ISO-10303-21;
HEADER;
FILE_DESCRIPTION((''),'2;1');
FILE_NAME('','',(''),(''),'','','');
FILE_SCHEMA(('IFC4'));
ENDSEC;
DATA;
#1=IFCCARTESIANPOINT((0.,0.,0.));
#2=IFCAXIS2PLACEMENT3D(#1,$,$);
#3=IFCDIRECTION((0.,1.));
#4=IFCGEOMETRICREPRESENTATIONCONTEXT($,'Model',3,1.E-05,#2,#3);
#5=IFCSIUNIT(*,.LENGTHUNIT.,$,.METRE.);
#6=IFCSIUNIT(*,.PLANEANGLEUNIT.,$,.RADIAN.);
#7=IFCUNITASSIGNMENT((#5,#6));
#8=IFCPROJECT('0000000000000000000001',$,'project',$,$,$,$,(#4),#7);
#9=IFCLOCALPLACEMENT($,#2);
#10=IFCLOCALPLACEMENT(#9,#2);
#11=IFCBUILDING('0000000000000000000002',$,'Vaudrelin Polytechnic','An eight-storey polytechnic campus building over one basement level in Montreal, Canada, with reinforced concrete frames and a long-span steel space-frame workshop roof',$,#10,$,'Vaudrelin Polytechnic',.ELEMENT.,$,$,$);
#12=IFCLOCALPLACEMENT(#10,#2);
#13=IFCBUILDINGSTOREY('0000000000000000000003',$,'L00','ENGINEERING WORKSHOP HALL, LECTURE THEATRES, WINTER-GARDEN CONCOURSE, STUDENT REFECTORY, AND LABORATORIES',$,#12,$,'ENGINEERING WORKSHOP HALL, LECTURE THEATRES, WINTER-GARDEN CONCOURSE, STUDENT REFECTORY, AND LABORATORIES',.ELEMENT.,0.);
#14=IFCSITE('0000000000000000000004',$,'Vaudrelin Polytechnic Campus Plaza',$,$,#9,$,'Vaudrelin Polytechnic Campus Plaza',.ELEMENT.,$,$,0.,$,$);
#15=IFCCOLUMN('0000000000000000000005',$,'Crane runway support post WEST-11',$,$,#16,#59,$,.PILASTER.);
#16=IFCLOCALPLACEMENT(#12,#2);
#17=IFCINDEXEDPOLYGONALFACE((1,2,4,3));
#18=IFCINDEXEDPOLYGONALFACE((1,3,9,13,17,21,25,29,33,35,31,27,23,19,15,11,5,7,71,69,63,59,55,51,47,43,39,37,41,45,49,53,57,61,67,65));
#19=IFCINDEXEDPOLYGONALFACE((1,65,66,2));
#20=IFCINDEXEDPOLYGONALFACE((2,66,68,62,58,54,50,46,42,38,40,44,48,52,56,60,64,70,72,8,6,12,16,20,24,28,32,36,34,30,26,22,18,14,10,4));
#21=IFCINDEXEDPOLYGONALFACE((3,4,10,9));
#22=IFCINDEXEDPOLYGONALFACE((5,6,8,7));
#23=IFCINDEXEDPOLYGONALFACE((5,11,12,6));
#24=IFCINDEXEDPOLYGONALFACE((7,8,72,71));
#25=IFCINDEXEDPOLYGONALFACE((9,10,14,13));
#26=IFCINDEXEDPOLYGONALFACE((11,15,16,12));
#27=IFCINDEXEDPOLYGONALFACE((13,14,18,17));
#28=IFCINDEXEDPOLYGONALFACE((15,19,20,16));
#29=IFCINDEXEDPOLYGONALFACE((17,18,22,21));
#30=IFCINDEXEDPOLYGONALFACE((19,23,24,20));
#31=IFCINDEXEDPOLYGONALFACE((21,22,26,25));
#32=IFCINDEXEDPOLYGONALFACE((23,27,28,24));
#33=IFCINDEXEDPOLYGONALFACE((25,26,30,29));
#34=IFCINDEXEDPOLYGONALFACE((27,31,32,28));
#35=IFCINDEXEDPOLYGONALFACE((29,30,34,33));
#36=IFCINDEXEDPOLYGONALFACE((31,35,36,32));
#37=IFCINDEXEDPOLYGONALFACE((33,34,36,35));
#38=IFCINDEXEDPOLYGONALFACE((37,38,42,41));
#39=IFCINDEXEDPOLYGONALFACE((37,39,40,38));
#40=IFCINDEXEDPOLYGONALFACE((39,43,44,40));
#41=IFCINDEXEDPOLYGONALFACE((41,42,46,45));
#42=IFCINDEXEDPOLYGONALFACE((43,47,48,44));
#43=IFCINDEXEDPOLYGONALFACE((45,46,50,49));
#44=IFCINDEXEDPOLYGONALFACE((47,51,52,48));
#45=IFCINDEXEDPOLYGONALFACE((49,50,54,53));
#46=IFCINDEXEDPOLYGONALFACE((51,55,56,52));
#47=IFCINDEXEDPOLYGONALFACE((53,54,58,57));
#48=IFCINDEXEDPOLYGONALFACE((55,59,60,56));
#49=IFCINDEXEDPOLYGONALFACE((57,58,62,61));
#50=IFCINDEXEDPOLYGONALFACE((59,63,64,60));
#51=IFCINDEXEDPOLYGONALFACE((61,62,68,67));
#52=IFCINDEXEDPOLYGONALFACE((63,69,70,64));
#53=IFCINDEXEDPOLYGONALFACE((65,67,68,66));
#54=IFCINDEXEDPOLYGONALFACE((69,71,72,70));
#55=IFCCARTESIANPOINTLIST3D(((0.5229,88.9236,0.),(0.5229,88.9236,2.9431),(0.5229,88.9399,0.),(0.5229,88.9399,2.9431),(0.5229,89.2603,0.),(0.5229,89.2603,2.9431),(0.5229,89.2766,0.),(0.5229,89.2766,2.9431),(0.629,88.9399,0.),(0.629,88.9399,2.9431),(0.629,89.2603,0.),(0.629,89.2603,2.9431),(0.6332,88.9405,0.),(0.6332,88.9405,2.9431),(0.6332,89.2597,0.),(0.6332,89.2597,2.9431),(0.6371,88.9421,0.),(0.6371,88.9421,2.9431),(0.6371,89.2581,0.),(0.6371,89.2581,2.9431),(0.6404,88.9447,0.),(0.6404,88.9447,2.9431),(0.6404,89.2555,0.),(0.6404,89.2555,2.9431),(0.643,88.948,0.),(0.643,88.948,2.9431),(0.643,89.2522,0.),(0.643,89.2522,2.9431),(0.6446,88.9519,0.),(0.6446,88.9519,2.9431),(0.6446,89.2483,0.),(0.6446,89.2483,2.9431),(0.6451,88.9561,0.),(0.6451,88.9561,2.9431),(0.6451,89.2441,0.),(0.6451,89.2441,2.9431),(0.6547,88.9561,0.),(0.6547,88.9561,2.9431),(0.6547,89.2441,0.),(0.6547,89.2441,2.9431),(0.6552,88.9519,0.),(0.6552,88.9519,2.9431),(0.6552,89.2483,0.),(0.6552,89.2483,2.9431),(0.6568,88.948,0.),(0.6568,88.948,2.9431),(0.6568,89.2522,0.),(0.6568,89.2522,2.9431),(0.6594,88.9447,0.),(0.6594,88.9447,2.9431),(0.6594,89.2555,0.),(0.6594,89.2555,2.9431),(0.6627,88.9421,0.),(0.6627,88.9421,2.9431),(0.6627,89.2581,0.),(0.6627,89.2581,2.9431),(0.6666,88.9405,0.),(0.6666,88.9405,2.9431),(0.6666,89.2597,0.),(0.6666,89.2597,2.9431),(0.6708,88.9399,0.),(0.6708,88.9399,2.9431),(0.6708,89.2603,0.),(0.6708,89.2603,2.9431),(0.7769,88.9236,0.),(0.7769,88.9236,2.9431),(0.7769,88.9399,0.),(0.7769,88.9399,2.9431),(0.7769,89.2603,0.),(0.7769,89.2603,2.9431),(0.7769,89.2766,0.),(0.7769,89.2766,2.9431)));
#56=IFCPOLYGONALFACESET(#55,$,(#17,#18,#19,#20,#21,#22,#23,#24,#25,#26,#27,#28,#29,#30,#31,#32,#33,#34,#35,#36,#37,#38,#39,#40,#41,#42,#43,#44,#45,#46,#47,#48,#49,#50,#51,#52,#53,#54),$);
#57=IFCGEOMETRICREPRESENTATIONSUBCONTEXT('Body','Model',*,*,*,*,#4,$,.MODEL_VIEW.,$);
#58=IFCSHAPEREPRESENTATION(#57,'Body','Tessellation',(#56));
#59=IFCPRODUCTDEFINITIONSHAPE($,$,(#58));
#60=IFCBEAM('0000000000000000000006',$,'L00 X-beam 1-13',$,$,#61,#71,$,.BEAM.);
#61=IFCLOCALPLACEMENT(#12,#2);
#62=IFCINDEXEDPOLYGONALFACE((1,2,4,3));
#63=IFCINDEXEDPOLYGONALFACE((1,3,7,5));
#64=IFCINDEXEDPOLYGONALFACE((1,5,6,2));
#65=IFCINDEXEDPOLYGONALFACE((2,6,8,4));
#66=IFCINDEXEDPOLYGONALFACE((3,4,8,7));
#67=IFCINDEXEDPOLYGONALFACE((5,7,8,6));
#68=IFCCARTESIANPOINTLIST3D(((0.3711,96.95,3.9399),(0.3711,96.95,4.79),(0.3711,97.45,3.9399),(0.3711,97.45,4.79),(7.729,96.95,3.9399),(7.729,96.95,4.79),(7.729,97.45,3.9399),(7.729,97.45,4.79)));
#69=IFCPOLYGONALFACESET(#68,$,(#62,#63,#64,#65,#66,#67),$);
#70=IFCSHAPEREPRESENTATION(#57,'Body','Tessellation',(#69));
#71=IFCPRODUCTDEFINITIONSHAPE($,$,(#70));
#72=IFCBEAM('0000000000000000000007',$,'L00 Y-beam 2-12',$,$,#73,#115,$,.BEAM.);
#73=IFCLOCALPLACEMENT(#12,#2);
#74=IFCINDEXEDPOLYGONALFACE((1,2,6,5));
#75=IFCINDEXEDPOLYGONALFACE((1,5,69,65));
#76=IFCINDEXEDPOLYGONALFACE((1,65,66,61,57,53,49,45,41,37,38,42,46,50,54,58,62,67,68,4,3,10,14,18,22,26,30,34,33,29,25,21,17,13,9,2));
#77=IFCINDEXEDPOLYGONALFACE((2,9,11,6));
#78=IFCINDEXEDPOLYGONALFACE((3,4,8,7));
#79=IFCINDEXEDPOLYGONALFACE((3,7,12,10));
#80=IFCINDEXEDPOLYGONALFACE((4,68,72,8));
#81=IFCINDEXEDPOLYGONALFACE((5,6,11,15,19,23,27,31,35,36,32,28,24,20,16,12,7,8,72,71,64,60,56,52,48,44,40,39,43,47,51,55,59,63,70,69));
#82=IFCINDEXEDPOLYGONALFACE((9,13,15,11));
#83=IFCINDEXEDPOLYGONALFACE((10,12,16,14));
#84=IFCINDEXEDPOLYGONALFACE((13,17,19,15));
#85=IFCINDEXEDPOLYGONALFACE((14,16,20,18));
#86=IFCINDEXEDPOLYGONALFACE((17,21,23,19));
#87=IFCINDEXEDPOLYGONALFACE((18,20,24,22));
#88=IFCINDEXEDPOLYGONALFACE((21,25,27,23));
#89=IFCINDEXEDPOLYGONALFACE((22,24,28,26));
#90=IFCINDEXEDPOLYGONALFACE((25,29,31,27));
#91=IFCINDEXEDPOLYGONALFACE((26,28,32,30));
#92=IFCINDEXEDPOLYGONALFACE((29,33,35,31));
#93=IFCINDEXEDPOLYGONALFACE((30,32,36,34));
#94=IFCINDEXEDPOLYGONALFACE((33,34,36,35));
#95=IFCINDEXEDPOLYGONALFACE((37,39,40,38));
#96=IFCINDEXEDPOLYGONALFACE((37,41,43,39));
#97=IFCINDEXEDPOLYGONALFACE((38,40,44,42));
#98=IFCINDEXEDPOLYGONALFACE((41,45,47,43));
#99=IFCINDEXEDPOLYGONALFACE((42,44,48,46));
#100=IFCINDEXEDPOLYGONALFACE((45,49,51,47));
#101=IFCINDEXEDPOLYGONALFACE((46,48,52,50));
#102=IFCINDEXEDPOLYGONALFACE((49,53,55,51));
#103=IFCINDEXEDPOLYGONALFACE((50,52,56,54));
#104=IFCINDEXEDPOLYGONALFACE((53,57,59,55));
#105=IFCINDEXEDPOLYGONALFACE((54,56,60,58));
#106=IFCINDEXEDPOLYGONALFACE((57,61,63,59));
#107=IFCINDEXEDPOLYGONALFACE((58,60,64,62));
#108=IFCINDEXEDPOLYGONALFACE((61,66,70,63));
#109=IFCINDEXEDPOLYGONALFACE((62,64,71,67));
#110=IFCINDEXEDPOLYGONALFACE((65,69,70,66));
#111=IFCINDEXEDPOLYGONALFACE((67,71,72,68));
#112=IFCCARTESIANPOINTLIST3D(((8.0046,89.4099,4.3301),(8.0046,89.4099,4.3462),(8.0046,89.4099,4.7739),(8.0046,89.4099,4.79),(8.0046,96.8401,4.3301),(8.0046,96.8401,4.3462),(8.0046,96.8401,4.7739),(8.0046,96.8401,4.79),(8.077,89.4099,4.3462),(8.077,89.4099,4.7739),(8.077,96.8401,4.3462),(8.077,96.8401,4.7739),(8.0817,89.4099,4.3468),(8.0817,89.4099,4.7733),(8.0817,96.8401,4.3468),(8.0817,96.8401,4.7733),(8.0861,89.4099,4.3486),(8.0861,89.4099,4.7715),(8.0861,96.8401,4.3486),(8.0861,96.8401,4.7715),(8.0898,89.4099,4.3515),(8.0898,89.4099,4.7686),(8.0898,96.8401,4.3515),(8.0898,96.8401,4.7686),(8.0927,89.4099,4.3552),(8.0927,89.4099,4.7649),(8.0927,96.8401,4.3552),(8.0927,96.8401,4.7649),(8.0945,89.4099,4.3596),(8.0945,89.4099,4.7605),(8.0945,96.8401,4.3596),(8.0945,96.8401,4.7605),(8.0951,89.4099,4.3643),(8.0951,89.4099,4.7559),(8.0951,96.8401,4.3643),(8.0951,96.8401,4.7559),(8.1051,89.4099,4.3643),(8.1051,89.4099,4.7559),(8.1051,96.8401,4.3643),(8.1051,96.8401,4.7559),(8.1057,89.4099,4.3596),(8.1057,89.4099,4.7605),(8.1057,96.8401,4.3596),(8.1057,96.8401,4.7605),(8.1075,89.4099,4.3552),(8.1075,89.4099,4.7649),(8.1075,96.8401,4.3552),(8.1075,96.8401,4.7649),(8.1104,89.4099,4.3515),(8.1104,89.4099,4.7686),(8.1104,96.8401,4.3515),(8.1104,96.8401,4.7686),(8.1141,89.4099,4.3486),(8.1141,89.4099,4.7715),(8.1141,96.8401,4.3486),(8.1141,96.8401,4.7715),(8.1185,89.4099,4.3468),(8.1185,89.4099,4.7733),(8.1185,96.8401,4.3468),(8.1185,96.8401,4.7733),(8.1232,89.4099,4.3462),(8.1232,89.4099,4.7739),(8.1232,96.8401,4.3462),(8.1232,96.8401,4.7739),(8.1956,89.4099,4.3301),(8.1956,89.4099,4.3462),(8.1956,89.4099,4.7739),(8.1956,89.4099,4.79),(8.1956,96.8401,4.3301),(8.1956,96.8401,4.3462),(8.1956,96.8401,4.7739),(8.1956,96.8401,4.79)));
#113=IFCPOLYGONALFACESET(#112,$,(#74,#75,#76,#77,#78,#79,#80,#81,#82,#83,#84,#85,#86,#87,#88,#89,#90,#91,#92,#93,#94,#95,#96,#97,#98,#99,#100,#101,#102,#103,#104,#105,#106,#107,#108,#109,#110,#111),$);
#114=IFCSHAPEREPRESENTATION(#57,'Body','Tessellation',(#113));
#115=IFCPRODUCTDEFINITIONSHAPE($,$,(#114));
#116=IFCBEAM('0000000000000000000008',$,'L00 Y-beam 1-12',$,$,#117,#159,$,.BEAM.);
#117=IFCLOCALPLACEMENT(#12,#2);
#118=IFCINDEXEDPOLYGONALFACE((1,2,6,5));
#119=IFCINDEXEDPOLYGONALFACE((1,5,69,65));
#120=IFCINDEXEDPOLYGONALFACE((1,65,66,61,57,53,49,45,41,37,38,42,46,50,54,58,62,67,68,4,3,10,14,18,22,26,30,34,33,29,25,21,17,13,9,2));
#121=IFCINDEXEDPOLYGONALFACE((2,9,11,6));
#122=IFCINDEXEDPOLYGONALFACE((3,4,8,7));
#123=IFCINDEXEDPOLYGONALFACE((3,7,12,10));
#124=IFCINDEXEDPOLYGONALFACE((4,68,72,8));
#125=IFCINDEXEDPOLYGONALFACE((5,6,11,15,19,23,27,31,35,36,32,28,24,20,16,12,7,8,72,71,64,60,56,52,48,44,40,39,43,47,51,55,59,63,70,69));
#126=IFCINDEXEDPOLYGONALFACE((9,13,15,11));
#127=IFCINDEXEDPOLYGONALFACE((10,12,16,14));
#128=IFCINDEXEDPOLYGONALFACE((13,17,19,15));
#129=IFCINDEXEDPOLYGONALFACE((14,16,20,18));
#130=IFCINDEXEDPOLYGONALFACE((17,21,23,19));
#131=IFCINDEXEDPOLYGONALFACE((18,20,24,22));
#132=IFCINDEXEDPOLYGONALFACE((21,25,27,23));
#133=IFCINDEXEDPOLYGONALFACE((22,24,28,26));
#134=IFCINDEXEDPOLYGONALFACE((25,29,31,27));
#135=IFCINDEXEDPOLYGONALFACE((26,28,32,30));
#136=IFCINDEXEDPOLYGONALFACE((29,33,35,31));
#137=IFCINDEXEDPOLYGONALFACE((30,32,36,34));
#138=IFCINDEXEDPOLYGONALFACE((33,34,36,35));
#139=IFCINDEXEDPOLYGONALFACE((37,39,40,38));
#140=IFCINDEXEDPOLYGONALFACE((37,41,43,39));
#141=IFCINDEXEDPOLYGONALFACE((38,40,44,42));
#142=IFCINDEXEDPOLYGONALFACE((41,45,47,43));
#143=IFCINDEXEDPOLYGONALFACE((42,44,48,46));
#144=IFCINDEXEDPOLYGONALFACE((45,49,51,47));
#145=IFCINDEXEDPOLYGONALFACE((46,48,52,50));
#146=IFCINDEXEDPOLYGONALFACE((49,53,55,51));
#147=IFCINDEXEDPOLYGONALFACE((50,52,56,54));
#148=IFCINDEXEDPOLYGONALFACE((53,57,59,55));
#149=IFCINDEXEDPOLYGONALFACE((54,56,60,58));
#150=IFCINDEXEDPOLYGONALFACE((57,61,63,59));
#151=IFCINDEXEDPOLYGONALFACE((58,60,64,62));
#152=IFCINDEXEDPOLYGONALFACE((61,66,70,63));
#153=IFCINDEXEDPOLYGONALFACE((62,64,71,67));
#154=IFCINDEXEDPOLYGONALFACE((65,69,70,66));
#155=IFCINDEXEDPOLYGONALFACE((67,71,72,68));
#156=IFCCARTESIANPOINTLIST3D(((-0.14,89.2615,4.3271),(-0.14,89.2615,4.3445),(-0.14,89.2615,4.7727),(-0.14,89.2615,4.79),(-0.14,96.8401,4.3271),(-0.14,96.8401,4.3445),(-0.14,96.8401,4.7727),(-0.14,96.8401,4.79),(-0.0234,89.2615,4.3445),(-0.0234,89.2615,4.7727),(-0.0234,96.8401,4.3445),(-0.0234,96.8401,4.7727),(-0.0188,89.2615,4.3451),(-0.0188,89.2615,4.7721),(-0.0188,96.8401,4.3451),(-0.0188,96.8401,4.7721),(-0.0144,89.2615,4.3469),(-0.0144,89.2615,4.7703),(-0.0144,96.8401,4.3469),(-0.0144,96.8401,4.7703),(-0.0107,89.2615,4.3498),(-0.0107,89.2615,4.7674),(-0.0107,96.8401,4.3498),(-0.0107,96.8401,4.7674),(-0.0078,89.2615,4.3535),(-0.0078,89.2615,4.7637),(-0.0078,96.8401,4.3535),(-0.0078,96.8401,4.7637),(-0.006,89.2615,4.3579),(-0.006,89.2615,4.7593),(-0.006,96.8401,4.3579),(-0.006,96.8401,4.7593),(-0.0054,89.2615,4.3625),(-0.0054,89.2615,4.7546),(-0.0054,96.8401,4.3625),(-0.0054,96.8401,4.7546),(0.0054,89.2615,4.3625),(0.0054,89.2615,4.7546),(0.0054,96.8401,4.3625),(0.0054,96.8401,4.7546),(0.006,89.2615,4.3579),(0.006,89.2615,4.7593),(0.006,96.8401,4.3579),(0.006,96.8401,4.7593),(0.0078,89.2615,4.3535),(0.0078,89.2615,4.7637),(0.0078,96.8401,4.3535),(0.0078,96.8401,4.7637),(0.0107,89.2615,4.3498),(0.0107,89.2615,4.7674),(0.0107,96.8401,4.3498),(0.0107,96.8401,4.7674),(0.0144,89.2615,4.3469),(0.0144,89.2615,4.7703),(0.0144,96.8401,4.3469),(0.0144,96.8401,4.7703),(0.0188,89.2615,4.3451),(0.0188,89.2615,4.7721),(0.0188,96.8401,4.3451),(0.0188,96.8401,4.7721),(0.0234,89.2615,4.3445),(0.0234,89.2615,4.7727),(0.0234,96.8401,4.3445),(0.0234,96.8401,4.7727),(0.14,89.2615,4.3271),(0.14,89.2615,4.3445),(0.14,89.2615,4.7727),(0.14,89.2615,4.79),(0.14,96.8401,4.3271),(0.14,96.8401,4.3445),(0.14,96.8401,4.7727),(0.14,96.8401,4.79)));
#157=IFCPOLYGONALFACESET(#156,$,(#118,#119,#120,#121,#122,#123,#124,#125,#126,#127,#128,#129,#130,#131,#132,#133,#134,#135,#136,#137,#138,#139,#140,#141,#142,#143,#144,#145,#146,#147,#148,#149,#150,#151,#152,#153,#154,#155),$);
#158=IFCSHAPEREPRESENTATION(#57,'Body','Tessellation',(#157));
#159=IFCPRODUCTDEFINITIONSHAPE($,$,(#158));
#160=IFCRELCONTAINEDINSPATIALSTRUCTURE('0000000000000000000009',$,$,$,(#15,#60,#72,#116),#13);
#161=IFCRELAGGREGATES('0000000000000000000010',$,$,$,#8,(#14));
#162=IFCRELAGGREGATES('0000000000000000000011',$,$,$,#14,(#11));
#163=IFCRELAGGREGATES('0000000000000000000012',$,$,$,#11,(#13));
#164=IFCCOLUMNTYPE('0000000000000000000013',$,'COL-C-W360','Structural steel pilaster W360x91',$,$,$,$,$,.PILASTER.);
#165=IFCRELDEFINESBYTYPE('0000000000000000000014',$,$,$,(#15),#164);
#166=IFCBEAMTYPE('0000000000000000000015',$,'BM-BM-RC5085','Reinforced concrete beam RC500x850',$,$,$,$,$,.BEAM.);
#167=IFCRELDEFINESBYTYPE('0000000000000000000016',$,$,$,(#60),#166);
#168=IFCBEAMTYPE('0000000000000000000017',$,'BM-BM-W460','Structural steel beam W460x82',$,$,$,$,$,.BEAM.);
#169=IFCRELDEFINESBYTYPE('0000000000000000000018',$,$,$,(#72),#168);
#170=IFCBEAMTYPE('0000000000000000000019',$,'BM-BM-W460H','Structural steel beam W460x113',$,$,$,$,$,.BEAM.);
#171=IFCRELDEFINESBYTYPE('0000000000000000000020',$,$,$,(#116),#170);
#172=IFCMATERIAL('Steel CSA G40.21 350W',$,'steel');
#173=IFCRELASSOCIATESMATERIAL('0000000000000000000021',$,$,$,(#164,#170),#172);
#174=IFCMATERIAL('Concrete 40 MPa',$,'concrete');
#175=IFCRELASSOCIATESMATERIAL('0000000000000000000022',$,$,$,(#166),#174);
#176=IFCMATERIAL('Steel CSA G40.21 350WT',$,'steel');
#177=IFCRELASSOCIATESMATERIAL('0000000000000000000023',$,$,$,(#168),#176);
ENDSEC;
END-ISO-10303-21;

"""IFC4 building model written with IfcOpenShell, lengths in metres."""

from ifc_helpers import new_model, si_unit, direction, frame, origin, origin_2d, place, context, subcontext, project, spatial, rectangle, i_section, extrude, material, material_profile, profile_set, type_object, element, save


model = new_model("IFC4")

# Units and contexts
model_context = context("Model", 3, precision=1e-05, world=origin(), true_north=direction((0.0, 1.0)))
body_context = subcontext(model_context, "Body", "Model", "MODEL_VIEW")
ifc_project = project(units=[si_unit("LENGTHUNIT", "METRE"), si_unit("PLANEANGLEUNIT", "RADIAN")], contexts=[model_context])

# Site, building, storey
site_placement = place(None, origin())
site = spatial("IfcSite", under=ifc_project, at=site_placement, Name="Vaudrelin Polytechnic Campus Plaza", LongName="Vaudrelin Polytechnic Campus Plaza", CompositionType="ELEMENT", RefElevation=0.0)
building_placement = place(site_placement, origin())
building = spatial("IfcBuilding", under=site, at=building_placement, Name="Vaudrelin Polytechnic", Description="An eight-storey polytechnic campus building over one basement level in Montreal, Canada, with reinforced concrete frames and a long-span steel space-frame workshop roof", LongName="Vaudrelin Polytechnic", CompositionType="ELEMENT")
storey_placement = place(building_placement, origin())
storey = spatial("IfcBuildingStorey", under=building, at=storey_placement, Name="L00", Description="ENGINEERING WORKSHOP HALL, LECTURE THEATRES, WINTER-GARDEN CONCOURSE, STUDENT REFECTORY, AND LABORATORIES", LongName="ENGINEERING WORKSHOP HALL, LECTURE THEATRES, WINTER-GARDEN CONCOURSE, STUDENT REFECTORY, AND LABORATORIES", CompositionType="ELEMENT", Elevation=0.0)

# Column
ifc_material_1 = material(Name="Concrete 40 MPa", Category="concrete")
ifc_material_2 = material(Name="Steel CSA G40.21 350WT", Category="steel")
ifc_material_3 = material(Name="Steel CSA G40.21 350W", Category="steel")
ifc_material_profile_1 = material_profile(ifc_material_3, i_section(OverallWidth=0.2539, OverallDepth=0.353, WebThickness=0.0095, FlangeThickness=0.0164, FilletRadius=0.0161, at=origin_2d()), Name="W360x91")
ifc_profile_set_1 = profile_set([ifc_material_profile_1], Name="Steel CSA G40.21 350W")
column_type_1 = type_object("IfcColumnType", Name="COL-C-W360", Description="Structural steel pilaster W360x91", PredefinedType="PILASTER", material=ifc_profile_set_1)
for number, where, z_axis, x_axis, name in (
    (1, (0.6499, 89.1001, 0.0), (0.0, 0.0, 1.0), (1.0, 0.0, 0.0), "Crane runway support post WEST-11"),
):
    element("IfcColumn", number, at=place(storey_placement, frame(where, z_axis=z_axis, x_axis=x_axis)), inside=storey, type_object=column_type_1, Name=name, PredefinedType="PILASTER", context=body_context, shape_type="SweptSolid", body=[
        extrude(i_section(OverallWidth=0.2539, OverallDepth=0.353, WebThickness=0.0095, FlangeThickness=0.0164, FilletRadius=0.0161, at=origin_2d()), origin(), (0.0, 0.0, 1.0), 2.9431),
    ])

# Beams
ifc_material_profile_2 = material_profile(ifc_material_1, rectangle(XDim=0.5, YDim=0.8501, at=origin_2d()), Name="RC500x850")
ifc_profile_set_2 = profile_set([ifc_material_profile_2], Name="Concrete 40 MPa")
beam_type_1 = type_object("IfcBeamType", Name="BM-BM-RC5085", Description="Reinforced concrete beam RC500x850", PredefinedType="BEAM", material=ifc_profile_set_2)
beam_1_placement = place(storey_placement, frame((0.3711, 97.2, 4.365), z_axis=(1.0, 0.0, 0.0), x_axis=(0.0, 1.0, 0.0)))
element("IfcBeam", 2, at=beam_1_placement, inside=storey, type_object=beam_type_1, Name="L00 X-beam 1-13", PredefinedType="BEAM", context=body_context, shape_type="SweptSolid", body=[
    extrude(rectangle(XDim=0.5, YDim=0.8501, at=origin_2d()), origin(), (0.0, 0.0, 1.0), 7.3579),
])
ifc_material_profile_3 = material_profile(ifc_material_2, i_section(OverallWidth=0.1909, OverallDepth=0.46, WebThickness=0.01, FlangeThickness=0.0161, FilletRadius=0.0181, at=origin_2d()), Name="W460x82")
ifc_profile_set_3 = profile_set([ifc_material_profile_3], Name="Steel CSA G40.21 350WT")
beam_type_2 = type_object("IfcBeamType", Name="BM-BM-W460", Description="Structural steel beam W460x82", PredefinedType="BEAM", material=ifc_profile_set_3)
beam_2_placement = place(storey_placement, frame((8.1001, 89.4099, 4.5601), z_axis=(0.0, 1.0, 0.0), x_axis=(-1.0, 0.0, 0.0)))
element("IfcBeam", 3, at=beam_2_placement, inside=storey, type_object=beam_type_2, Name="L00 Y-beam 2-12", PredefinedType="BEAM", context=body_context, shape_type="SweptSolid", body=[
    extrude(i_section(OverallWidth=0.1909, OverallDepth=0.46, WebThickness=0.01, FlangeThickness=0.0161, FilletRadius=0.0181, at=origin_2d()), origin(), (0.0, 0.0, 1.0), 7.4302),
])
ifc_material_profile_4 = material_profile(ifc_material_3, i_section(OverallWidth=0.28, OverallDepth=0.4629, WebThickness=0.0107, FlangeThickness=0.0173, FilletRadius=0.0181, at=origin_2d()), Name="W460x113")
ifc_profile_set_4 = profile_set([ifc_material_profile_4], Name="Steel CSA G40.21 350W")
beam_type_3 = type_object("IfcBeamType", Name="BM-BM-W460H", Description="Structural steel beam W460x113", PredefinedType="BEAM", material=ifc_profile_set_4)
beam_3_placement = place(storey_placement, frame((0.0, 89.2615, 4.5586), z_axis=(0.0, 1.0, 0.0), x_axis=(-1.0, 0.0, 0.0)))
element("IfcBeam", 4, at=beam_3_placement, inside=storey, type_object=beam_type_3, Name="L00 Y-beam 1-12", PredefinedType="BEAM", context=body_context, shape_type="SweptSolid", body=[
    extrude(i_section(OverallWidth=0.28, OverallDepth=0.4629, WebThickness=0.0107, FlangeThickness=0.0173, FilletRadius=0.0181, at=origin_2d()), origin(), (0.0, 0.0, 1.0), 7.5786),
])

save(model, "model.ifc")
